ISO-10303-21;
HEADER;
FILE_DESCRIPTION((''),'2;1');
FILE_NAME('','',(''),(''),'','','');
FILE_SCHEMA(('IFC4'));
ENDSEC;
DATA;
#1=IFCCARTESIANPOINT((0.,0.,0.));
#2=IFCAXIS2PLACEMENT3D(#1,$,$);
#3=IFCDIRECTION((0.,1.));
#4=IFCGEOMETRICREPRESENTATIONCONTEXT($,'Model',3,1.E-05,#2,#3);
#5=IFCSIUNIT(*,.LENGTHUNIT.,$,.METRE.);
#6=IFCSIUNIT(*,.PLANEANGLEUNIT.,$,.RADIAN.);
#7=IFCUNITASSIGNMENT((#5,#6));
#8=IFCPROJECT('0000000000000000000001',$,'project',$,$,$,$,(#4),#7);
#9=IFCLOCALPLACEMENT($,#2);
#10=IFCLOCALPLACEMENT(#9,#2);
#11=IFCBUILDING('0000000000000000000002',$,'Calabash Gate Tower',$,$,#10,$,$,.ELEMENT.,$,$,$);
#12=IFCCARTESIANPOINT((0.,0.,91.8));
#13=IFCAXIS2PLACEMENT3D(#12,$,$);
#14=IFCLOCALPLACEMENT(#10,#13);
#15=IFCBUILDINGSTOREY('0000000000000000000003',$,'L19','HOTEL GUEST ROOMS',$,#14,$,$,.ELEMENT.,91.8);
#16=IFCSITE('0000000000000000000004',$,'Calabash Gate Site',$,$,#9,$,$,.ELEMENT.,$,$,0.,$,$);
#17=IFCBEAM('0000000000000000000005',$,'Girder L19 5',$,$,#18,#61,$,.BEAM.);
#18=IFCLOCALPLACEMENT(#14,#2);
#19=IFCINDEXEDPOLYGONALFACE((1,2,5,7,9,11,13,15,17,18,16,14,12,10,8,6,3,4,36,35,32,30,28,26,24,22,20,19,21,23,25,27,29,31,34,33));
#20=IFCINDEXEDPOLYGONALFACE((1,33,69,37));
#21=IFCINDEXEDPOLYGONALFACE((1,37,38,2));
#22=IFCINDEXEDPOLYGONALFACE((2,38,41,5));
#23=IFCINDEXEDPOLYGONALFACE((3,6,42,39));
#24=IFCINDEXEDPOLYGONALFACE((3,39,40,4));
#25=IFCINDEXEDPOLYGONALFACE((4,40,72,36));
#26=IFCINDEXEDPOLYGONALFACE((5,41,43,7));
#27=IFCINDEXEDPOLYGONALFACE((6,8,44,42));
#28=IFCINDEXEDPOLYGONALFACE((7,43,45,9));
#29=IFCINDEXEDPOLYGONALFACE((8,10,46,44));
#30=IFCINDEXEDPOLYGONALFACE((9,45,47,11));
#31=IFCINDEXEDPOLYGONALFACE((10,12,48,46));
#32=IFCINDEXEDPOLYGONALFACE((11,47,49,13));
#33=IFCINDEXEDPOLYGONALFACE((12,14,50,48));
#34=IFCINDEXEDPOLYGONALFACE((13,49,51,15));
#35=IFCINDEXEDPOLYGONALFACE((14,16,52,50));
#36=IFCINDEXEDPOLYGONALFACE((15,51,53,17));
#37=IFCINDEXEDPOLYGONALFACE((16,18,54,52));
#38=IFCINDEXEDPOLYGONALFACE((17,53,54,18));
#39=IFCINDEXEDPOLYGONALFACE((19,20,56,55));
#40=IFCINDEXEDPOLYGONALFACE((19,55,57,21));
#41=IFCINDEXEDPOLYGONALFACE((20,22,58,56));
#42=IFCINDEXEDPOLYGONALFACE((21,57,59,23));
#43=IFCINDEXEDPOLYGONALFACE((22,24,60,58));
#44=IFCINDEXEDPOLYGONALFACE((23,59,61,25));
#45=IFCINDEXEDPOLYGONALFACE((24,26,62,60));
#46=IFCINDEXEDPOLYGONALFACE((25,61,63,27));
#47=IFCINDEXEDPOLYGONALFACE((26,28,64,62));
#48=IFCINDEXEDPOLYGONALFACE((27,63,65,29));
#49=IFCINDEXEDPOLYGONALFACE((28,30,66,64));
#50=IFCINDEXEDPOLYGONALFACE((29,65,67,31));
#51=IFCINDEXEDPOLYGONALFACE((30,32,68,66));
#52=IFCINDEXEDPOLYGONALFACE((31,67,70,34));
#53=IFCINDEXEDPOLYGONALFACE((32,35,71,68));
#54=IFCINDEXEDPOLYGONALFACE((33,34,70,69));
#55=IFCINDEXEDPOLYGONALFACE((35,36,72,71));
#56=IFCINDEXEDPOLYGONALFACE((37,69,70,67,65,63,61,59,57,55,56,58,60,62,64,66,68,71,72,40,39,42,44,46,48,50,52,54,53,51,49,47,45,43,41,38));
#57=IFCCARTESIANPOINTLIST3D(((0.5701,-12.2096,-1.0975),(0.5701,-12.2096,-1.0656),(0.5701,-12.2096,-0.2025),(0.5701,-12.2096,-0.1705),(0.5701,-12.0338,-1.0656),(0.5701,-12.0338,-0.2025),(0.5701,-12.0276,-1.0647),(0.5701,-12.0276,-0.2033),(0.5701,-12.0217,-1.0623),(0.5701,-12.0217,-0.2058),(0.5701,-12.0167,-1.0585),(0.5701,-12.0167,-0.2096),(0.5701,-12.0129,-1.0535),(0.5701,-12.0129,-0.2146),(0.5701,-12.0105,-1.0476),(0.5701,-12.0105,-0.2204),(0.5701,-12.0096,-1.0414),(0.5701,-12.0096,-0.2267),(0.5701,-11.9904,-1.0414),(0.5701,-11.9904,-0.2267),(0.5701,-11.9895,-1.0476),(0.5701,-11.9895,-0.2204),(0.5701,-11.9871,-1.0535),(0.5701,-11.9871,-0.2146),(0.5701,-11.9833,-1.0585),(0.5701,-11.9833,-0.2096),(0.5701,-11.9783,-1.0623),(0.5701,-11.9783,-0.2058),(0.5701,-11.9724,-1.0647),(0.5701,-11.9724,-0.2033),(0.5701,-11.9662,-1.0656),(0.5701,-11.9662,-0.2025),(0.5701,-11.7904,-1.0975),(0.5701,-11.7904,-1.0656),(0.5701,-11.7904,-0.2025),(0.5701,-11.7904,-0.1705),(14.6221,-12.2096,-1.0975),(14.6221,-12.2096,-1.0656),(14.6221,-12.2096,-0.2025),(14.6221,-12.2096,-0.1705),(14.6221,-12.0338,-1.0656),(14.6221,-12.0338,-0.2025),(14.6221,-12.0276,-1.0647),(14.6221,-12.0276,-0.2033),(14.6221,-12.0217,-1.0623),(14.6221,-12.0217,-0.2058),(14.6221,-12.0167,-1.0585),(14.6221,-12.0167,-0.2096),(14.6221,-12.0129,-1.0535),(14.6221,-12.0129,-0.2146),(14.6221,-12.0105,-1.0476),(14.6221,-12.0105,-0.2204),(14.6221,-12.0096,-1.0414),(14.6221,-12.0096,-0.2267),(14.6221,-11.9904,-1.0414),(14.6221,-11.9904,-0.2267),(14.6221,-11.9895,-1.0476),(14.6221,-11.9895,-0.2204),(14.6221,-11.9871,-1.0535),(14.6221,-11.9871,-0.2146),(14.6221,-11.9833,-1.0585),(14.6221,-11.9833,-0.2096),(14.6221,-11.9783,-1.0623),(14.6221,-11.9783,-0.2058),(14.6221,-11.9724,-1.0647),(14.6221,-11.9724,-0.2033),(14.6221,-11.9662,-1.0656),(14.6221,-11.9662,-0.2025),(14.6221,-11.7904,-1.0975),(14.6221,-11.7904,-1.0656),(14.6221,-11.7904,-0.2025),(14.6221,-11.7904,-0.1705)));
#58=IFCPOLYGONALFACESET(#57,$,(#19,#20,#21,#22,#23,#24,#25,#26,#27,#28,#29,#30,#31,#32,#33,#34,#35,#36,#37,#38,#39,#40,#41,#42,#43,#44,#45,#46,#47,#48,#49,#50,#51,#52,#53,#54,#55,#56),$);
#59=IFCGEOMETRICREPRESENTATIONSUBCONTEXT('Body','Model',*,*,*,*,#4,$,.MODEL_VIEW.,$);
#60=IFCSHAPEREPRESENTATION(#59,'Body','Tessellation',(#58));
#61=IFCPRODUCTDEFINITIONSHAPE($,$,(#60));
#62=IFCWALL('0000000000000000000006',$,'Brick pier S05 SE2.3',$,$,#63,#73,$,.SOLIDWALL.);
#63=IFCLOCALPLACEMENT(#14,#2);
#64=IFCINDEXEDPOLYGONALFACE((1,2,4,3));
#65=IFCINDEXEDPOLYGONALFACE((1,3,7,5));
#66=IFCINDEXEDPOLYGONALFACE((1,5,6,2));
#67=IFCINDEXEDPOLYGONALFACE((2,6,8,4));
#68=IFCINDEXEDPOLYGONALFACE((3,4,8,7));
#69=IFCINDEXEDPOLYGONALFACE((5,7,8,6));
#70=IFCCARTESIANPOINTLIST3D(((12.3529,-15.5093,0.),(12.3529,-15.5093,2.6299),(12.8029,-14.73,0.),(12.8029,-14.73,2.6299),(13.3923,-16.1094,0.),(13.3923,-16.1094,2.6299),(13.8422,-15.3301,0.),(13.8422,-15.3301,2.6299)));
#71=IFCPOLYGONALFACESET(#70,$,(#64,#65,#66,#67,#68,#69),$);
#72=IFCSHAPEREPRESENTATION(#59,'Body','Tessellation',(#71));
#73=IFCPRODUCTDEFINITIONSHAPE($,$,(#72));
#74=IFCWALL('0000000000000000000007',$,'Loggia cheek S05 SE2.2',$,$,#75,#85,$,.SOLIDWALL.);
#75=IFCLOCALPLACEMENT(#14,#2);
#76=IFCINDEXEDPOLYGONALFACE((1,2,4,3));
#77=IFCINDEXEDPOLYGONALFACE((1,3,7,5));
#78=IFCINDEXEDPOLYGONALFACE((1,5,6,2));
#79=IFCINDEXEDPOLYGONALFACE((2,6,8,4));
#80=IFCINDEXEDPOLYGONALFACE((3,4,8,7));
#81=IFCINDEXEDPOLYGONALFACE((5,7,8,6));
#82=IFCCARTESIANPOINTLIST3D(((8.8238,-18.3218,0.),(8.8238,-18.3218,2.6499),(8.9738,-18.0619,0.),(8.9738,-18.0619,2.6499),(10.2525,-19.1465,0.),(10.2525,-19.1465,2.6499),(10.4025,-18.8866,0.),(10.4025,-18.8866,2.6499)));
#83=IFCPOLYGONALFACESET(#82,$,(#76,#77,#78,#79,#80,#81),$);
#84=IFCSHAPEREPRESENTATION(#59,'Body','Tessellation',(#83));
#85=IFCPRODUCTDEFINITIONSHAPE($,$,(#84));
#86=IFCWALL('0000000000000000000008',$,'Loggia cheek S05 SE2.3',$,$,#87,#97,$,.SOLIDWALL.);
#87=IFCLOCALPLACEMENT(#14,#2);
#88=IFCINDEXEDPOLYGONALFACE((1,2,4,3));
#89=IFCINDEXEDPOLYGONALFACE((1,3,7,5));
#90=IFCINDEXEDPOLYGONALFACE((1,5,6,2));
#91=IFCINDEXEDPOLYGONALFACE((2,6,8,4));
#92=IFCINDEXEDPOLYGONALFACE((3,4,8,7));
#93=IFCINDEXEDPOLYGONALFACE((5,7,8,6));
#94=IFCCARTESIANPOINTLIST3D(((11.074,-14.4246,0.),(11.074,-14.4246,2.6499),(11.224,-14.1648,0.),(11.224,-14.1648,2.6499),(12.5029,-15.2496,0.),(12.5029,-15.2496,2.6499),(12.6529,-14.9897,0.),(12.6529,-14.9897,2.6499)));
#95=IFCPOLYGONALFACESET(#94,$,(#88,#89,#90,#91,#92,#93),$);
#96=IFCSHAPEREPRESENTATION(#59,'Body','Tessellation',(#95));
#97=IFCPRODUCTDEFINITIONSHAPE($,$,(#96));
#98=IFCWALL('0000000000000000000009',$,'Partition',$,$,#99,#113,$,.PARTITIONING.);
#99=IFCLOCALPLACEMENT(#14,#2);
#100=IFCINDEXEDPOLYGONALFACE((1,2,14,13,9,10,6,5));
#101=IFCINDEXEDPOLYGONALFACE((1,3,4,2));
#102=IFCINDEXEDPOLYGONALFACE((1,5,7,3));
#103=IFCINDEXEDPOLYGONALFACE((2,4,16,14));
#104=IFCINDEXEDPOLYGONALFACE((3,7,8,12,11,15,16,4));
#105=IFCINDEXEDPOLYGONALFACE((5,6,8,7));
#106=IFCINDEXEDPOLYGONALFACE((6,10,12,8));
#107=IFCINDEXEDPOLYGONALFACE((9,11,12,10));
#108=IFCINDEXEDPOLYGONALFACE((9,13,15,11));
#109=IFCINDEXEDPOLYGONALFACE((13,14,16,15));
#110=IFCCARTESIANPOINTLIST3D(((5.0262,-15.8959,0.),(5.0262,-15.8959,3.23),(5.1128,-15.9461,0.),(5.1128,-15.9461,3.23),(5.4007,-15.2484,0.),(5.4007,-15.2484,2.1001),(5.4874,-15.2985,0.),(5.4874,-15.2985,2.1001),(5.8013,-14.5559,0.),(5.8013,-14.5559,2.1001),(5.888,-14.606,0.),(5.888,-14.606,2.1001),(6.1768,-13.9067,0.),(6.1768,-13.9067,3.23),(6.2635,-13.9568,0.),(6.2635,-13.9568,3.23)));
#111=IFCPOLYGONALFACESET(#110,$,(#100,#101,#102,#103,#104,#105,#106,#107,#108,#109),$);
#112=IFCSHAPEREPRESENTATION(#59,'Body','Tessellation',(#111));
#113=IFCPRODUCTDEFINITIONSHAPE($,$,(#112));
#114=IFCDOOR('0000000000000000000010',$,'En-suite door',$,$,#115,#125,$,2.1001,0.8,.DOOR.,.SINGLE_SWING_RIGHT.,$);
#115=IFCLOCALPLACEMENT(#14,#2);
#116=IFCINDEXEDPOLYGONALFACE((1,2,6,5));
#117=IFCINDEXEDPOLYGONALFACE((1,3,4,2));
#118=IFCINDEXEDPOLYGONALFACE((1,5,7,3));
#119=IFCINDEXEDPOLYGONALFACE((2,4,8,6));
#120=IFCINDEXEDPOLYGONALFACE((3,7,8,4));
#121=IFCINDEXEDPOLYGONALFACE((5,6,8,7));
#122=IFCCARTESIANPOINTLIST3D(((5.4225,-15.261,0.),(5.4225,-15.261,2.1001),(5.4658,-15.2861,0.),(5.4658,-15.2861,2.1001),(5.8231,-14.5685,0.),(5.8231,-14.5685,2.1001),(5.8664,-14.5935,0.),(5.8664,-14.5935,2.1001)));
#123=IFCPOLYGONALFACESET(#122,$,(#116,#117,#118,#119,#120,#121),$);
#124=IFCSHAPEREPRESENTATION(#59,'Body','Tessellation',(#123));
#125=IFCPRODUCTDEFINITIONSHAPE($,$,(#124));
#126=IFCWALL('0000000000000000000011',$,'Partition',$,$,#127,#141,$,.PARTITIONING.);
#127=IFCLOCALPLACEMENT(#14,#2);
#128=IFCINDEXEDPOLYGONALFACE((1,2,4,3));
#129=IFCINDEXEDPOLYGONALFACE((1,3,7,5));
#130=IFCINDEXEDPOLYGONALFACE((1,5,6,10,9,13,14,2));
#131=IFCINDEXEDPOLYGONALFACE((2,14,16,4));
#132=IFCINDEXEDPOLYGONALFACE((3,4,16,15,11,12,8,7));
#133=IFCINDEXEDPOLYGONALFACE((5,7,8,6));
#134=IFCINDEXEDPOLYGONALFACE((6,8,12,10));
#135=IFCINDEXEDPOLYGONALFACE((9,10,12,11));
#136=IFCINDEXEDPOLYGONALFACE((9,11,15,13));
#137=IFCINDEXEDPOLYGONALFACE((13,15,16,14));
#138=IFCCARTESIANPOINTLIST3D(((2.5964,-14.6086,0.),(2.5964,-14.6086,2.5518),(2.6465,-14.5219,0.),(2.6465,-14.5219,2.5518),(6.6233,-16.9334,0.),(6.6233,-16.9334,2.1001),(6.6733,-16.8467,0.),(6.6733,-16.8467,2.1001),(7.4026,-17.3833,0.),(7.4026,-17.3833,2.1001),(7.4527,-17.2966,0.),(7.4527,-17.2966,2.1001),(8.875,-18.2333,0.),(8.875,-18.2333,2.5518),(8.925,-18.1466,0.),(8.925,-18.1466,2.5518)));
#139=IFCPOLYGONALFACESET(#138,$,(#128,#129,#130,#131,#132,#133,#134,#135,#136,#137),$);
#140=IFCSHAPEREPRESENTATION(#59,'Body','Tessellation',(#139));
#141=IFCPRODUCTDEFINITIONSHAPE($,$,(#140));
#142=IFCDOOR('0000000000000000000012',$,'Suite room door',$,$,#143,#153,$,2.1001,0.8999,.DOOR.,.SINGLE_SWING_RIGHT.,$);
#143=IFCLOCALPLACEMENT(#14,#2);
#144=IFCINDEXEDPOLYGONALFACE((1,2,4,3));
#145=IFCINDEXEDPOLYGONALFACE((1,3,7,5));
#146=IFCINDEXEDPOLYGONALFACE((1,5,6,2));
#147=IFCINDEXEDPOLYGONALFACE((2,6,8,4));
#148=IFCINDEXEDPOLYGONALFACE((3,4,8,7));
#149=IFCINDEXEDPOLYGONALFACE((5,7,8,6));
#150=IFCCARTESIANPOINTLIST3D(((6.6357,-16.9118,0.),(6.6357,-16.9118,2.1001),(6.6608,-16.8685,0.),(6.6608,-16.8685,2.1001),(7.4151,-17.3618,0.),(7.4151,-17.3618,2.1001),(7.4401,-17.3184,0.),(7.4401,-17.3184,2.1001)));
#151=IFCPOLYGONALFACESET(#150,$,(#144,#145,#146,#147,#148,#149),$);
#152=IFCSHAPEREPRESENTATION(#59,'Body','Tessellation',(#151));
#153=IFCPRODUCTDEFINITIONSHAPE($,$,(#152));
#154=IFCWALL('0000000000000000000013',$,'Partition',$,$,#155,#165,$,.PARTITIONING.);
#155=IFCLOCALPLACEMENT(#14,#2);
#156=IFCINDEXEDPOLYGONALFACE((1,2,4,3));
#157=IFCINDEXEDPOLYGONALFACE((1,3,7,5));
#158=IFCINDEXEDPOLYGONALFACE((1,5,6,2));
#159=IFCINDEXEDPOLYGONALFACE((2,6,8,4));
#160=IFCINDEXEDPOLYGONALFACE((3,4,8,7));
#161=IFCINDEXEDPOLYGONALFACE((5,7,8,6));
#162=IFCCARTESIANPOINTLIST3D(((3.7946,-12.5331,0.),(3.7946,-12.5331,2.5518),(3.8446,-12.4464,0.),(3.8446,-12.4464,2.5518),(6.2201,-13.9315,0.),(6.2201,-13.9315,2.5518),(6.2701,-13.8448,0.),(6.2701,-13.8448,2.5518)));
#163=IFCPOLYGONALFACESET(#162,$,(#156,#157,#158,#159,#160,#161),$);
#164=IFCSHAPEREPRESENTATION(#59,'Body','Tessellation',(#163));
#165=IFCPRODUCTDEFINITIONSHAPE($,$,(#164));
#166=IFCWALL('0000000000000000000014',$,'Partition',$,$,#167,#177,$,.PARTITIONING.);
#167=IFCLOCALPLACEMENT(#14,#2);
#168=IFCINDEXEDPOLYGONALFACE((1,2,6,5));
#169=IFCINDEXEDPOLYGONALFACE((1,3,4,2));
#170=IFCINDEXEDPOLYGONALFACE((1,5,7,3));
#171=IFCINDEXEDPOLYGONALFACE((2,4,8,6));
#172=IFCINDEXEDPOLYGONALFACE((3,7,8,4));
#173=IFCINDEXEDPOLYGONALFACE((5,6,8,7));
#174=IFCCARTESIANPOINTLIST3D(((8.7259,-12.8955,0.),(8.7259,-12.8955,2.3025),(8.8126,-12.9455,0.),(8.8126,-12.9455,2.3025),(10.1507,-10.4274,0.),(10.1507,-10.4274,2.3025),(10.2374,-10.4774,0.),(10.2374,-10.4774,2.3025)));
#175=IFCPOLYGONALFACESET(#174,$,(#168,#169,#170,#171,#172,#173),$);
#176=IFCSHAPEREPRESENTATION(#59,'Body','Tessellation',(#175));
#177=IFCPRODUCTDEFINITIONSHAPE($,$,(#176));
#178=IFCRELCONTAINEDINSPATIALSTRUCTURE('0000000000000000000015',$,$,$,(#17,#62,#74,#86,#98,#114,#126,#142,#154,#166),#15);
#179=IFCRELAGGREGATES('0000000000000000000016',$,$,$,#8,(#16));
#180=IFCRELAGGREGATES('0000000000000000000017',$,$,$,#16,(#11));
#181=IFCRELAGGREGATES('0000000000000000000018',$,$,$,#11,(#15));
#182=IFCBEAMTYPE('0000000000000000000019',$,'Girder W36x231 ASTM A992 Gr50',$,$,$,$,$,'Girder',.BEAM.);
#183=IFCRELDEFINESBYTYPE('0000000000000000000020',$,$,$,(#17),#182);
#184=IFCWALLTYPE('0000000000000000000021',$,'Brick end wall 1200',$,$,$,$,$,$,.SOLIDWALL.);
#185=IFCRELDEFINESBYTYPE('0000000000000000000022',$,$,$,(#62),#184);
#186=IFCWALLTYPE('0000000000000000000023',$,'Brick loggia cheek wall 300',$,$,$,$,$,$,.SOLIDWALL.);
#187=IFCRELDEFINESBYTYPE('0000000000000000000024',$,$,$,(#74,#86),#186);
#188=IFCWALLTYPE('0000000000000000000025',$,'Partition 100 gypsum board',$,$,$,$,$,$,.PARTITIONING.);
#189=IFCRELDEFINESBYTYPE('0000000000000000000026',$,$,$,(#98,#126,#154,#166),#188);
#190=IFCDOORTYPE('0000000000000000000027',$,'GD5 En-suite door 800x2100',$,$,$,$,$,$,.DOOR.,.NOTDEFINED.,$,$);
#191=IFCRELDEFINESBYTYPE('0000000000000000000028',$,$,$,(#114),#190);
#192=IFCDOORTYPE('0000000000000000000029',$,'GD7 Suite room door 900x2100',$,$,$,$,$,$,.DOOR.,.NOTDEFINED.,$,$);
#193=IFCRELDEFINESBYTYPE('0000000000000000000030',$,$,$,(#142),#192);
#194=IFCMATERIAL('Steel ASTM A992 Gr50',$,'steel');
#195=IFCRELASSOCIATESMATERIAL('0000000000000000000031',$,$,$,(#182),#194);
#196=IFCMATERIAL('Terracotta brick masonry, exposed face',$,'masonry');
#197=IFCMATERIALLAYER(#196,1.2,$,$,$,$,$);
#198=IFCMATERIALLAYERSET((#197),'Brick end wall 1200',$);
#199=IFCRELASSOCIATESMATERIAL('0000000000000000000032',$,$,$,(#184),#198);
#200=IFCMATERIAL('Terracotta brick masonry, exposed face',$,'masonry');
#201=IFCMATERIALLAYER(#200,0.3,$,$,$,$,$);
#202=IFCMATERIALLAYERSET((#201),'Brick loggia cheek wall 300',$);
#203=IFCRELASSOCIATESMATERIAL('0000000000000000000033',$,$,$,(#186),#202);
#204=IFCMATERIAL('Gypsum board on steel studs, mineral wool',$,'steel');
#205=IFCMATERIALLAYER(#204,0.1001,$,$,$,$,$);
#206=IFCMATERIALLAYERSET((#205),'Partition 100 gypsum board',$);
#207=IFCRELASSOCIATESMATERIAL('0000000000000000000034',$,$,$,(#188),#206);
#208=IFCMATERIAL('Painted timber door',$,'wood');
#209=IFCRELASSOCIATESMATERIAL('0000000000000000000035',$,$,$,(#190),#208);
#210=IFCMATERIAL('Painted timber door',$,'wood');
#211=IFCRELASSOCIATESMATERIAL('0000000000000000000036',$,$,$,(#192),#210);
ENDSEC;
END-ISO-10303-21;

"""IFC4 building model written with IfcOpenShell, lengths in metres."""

from ifc_helpers import new_model, si_unit, direction, frame, frame_2d, origin, origin_2d, place, context, subcontext, project, spatial, rectangle, i_section, extrude, material, layer, layer_set, material_profile, profile_set, type_object, element, fill, save


model = new_model("IFC4")

# Units and contexts
model_context = context("Model", 3, precision=1e-05, world=origin(), true_north=direction((0.0, 1.0)))
body_context = subcontext(model_context, "Body", "Model", "MODEL_VIEW")
ifc_project = project(units=[si_unit("LENGTHUNIT", "METRE"), si_unit("PLANEANGLEUNIT", "RADIAN")], contexts=[model_context])

# Site, building, storey
site_placement = place(None, origin())
site = spatial("IfcSite", under=ifc_project, at=site_placement, Name="Calabash Gate Site", CompositionType="ELEMENT", RefElevation=0.0)
building_placement = place(site_placement, origin())
building = spatial("IfcBuilding", under=site, at=building_placement, Name="Calabash Gate Tower", CompositionType="ELEMENT")
storey_placement = place(building_placement, frame((0.0, 0.0, 91.8)))
storey = spatial("IfcBuildingStorey", under=building, at=storey_placement, Name="L19", Description="HOTEL GUEST ROOMS", CompositionType="ELEMENT", Elevation=91.8)

# Beam
ifc_material_1 = material(Name="Steel ASTM A992 Gr50", Category="steel")
ifc_material_profile_1 = material_profile(ifc_material_1, i_section(OverallWidth=0.4192, OverallDepth=0.927, WebThickness=0.0193, FlangeThickness=0.032, FilletRadius=0.0242, at=origin_2d()))
ifc_profile_set_1 = profile_set([ifc_material_profile_1], Name="Steel ASTM A992 Gr50")
beam_type_1 = type_object("IfcBeamType", Name="Girder W36x231 ASTM A992 Gr50", ElementType="Girder", PredefinedType="BEAM", material=ifc_profile_set_1)
beam_1_placement = place(storey_placement, frame((0.5701, -12.0, -0.634), z_axis=(1.0, 0.0, 0.0), x_axis=(0.0, 1.0, 0.0)))
element("IfcBeam", 1, at=beam_1_placement, inside=storey, type_object=beam_type_1, Name="Girder L19 5", PredefinedType="BEAM", context=body_context, shape_type="SweptSolid", body=[
    extrude(i_section(OverallWidth=0.4192, OverallDepth=0.927, WebThickness=0.0193, FlangeThickness=0.032, FilletRadius=0.0242, at=origin_2d()), origin(), (0.0, 0.0, 1.0), 14.052),
])

# Walls
ifc_material_2 = material(Name="Terracotta brick masonry, exposed face", Category="masonry")
ifc_layer_1 = layer(ifc_material_2, 1.2)
ifc_layer_set_1 = layer_set([ifc_layer_1], Name="Brick end wall 1200")
wall_type_1 = type_object("IfcWallType", Name="Brick end wall 1200", PredefinedType="SOLIDWALL", material=ifc_layer_set_1)
wall_1_placement = place(storey_placement, frame((12.5779, -15.1196, 0.0), z_axis=(0.0, 0.0, 1.0), x_axis=(0.866006, -0.500034, 0.0)))
element("IfcWall", 2, at=wall_1_placement, inside=storey, type_object=wall_type_1, Name="Brick pier S05 SE2.3", PredefinedType="SOLIDWALL", context=body_context, shape_type="SweptSolid", body=[
    extrude(rectangle(XDim=1.2002, YDim=0.8999, at=frame_2d((0.6001, 0.0))), origin(), (0.0, 0.0, 1.0), 2.6299),
])
ifc_material_3 = material(Name="Terracotta brick masonry, exposed face", Category="masonry")
ifc_layer_2 = layer(ifc_material_3, 0.3)
ifc_layer_set_2 = layer_set([ifc_layer_2], Name="Brick loggia cheek wall 300")
wall_type_2 = type_object("IfcWallType", Name="Brick loggia cheek wall 300", PredefinedType="SOLIDWALL", material=ifc_layer_set_2)
wall_2_placement = place(storey_placement, frame((8.8989, -18.1919, 0.0), z_axis=(0.0, 0.0, 1.0), x_axis=(0.866067, -0.499927, 0.0)))
element("IfcWall", 3, at=wall_2_placement, inside=storey, type_object=wall_type_2, Name="Loggia cheek S05 SE2.2", PredefinedType="SOLIDWALL", context=body_context, shape_type="SweptSolid", body=[
    extrude(rectangle(XDim=1.6497, YDim=0.3, at=frame_2d((0.8247, 0.0))), origin(), (0.0, 0.0, 1.0), 2.6499),
])
wall_3_placement = place(storey_placement, frame((12.5779, -15.1196, 0.0), z_axis=(0.0, 0.0, 1.0), x_axis=(-0.86604, 0.499974, 0.0)))
element("IfcWall", 4, at=wall_3_placement, inside=storey, type_object=wall_type_2, Name="Loggia cheek S05 SE2.3", PredefinedType="SOLIDWALL", context=body_context, shape_type="SweptSolid", body=[
    extrude(rectangle(XDim=1.6499, YDim=0.3, at=frame_2d((0.825, 0.0))), origin(), (0.0, 0.0, 1.0), 2.6499),
])

# Walls, openings, doors
ifc_material_4 = material(Name="Gypsum board on steel studs, mineral wool", Category="steel")
ifc_layer_3 = layer(ifc_material_4, 0.1001)
ifc_layer_set_3 = layer_set([ifc_layer_3], Name="Partition 100 gypsum board")
wall_type_3 = type_object("IfcWallType", Name="Partition 100 gypsum board", PredefinedType="PARTITIONING", material=ifc_layer_set_3)
wall_4_placement = place(storey_placement, frame((5.0696, -15.9209, 0.0), z_axis=(0.0, 0.0, 1.0), x_axis=(0.500697, 0.865623, 0.0)))
wall_4 = element("IfcWall", 5, at=wall_4_placement, inside=storey, type_object=wall_type_3, Name="Partition", PredefinedType="PARTITIONING", context=body_context, shape_type="SweptSolid", body=[
    extrude(rectangle(XDim=2.2981, YDim=0.1001, at=frame_2d((1.1489, 0.0))), origin(), (0.0, 0.0, 1.0), 3.23),
])
opening_1_placement = place(wall_4_placement, frame((0.748, 0.0, 0.0)))
opening_1 = element("IfcOpeningElement", 6, at=opening_1_placement, cuts=wall_4, PredefinedType="OPENING", context=body_context, shape_type="SweptSolid", body=[
    extrude(rectangle(XDim=0.8, YDim=2.1001, at=frame_2d((0.3999, 1.05))), frame((0.0, 0.0601, 0.0), z_axis=(0.0, -1.0, 0.0), x_axis=(1.0, 0.0, 0.0)), (0.0, 0.0, 1.0), 0.1201),
])
ifc_material_5 = material(Name="Painted timber door", Category="wood")
door_type_1 = type_object("IfcDoorType", Name="GD5 En-suite door 800x2100", OperationType="NOTDEFINED", PredefinedType="DOOR", material=ifc_material_5)
door_1_placement = place(opening_1_placement, origin())
door_1 = element("IfcDoor", 7, at=door_1_placement, inside=storey, type_object=door_type_1, Name="En-suite door", OperationType="SINGLE_SWING_RIGHT", OverallHeight=2.1001, OverallWidth=0.8, PredefinedType="DOOR", context=body_context, shape_type="SweptSolid", body=[
    extrude(rectangle(XDim=0.8, YDim=2.1001, at=frame_2d((0.3999, 1.05))), frame((0.0, 0.0249, 0.0), z_axis=(0.0, -1.0, 0.0), x_axis=(1.0, 0.0, 0.0)), (0.0, 0.0, 1.0), 0.05),
])
fill(opening_1, door_1)
wall_5_placement = place(storey_placement, frame((2.6213, -14.5652, 0.0), z_axis=(0.0, 0.0, 1.0), x_axis=(0.866036, -0.499982, 0.0)))
wall_5 = element("IfcWall", 8, at=wall_5_placement, inside=storey, type_object=wall_type_3, Name="Partition", PredefinedType="PARTITIONING", context=body_context, shape_type="SweptSolid", body=[
    extrude(rectangle(XDim=7.2498, YDim=0.1001, at=frame_2d((3.625, 0.0))), origin(), (0.0, 0.0, 1.0), 2.5518),
])
opening_2_placement = place(wall_5_placement, frame((4.6499, 0.0, 0.0)))
opening_2 = element("IfcOpeningElement", 9, at=opening_2_placement, cuts=wall_5, PredefinedType="OPENING", context=body_context, shape_type="SweptSolid", body=[
    extrude(rectangle(XDim=0.8999, YDim=2.1001, at=frame_2d((0.45, 1.05))), frame((0.0, 0.0601, 0.0), z_axis=(0.0, -1.0, 0.0), x_axis=(1.0, 0.0, 0.0)), (0.0, 0.0, 1.0), 0.1201),
])
ifc_material_6 = material(Name="Painted timber door", Category="wood")
door_type_2 = type_object("IfcDoorType", Name="GD7 Suite room door 900x2100", OperationType="NOTDEFINED", PredefinedType="DOOR", material=ifc_material_6)
door_2_placement = place(opening_2_placement, origin())
door_2 = element("IfcDoor", 10, at=door_2_placement, inside=storey, type_object=door_type_2, Name="Suite room door", OperationType="SINGLE_SWING_RIGHT", OverallHeight=2.1001, OverallWidth=0.8999, PredefinedType="DOOR", context=body_context, shape_type="SweptSolid", body=[
    extrude(rectangle(XDim=0.8999, YDim=2.1001, at=frame_2d((0.45, 1.05))), frame((0.0, 0.0249, 0.0), z_axis=(0.0, -1.0, 0.0), x_axis=(1.0, 0.0, 0.0)), (0.0, 0.0, 1.0), 0.05),
])
fill(opening_2, door_2)

# Walls
wall_6_placement = place(storey_placement, frame((3.8196, -12.4897, 0.0), z_axis=(0.0, 0.0, 1.0), x_axis=(0.866326, -0.499478, 0.0)))
element("IfcWall", 11, at=wall_6_placement, inside=storey, type_object=wall_type_3, Name="Partition", PredefinedType="PARTITIONING", context=body_context, shape_type="SweptSolid", body=[
    extrude(rectangle(XDim=2.7998, YDim=0.1001, at=frame_2d((1.3999, 0.0))), origin(), (0.0, 0.0, 1.0), 2.5518),
])
wall_7_placement = place(storey_placement, frame((8.7693, -12.9204, 0.0), z_axis=(0.0, 0.0, 1.0), x_axis=(0.499972, 0.866041, 0.0)))
element("IfcWall", 12, at=wall_7_placement, inside=storey, type_object=wall_type_3, Name="Partition", PredefinedType="PARTITIONING", context=body_context, shape_type="SweptSolid", body=[
    extrude(rectangle(XDim=2.8499, YDim=0.1001, at=frame_2d((1.4248, 0.0))), origin(), (0.0, 0.0, 1.0), 2.3025),
])

save(model, "model.ifc")
